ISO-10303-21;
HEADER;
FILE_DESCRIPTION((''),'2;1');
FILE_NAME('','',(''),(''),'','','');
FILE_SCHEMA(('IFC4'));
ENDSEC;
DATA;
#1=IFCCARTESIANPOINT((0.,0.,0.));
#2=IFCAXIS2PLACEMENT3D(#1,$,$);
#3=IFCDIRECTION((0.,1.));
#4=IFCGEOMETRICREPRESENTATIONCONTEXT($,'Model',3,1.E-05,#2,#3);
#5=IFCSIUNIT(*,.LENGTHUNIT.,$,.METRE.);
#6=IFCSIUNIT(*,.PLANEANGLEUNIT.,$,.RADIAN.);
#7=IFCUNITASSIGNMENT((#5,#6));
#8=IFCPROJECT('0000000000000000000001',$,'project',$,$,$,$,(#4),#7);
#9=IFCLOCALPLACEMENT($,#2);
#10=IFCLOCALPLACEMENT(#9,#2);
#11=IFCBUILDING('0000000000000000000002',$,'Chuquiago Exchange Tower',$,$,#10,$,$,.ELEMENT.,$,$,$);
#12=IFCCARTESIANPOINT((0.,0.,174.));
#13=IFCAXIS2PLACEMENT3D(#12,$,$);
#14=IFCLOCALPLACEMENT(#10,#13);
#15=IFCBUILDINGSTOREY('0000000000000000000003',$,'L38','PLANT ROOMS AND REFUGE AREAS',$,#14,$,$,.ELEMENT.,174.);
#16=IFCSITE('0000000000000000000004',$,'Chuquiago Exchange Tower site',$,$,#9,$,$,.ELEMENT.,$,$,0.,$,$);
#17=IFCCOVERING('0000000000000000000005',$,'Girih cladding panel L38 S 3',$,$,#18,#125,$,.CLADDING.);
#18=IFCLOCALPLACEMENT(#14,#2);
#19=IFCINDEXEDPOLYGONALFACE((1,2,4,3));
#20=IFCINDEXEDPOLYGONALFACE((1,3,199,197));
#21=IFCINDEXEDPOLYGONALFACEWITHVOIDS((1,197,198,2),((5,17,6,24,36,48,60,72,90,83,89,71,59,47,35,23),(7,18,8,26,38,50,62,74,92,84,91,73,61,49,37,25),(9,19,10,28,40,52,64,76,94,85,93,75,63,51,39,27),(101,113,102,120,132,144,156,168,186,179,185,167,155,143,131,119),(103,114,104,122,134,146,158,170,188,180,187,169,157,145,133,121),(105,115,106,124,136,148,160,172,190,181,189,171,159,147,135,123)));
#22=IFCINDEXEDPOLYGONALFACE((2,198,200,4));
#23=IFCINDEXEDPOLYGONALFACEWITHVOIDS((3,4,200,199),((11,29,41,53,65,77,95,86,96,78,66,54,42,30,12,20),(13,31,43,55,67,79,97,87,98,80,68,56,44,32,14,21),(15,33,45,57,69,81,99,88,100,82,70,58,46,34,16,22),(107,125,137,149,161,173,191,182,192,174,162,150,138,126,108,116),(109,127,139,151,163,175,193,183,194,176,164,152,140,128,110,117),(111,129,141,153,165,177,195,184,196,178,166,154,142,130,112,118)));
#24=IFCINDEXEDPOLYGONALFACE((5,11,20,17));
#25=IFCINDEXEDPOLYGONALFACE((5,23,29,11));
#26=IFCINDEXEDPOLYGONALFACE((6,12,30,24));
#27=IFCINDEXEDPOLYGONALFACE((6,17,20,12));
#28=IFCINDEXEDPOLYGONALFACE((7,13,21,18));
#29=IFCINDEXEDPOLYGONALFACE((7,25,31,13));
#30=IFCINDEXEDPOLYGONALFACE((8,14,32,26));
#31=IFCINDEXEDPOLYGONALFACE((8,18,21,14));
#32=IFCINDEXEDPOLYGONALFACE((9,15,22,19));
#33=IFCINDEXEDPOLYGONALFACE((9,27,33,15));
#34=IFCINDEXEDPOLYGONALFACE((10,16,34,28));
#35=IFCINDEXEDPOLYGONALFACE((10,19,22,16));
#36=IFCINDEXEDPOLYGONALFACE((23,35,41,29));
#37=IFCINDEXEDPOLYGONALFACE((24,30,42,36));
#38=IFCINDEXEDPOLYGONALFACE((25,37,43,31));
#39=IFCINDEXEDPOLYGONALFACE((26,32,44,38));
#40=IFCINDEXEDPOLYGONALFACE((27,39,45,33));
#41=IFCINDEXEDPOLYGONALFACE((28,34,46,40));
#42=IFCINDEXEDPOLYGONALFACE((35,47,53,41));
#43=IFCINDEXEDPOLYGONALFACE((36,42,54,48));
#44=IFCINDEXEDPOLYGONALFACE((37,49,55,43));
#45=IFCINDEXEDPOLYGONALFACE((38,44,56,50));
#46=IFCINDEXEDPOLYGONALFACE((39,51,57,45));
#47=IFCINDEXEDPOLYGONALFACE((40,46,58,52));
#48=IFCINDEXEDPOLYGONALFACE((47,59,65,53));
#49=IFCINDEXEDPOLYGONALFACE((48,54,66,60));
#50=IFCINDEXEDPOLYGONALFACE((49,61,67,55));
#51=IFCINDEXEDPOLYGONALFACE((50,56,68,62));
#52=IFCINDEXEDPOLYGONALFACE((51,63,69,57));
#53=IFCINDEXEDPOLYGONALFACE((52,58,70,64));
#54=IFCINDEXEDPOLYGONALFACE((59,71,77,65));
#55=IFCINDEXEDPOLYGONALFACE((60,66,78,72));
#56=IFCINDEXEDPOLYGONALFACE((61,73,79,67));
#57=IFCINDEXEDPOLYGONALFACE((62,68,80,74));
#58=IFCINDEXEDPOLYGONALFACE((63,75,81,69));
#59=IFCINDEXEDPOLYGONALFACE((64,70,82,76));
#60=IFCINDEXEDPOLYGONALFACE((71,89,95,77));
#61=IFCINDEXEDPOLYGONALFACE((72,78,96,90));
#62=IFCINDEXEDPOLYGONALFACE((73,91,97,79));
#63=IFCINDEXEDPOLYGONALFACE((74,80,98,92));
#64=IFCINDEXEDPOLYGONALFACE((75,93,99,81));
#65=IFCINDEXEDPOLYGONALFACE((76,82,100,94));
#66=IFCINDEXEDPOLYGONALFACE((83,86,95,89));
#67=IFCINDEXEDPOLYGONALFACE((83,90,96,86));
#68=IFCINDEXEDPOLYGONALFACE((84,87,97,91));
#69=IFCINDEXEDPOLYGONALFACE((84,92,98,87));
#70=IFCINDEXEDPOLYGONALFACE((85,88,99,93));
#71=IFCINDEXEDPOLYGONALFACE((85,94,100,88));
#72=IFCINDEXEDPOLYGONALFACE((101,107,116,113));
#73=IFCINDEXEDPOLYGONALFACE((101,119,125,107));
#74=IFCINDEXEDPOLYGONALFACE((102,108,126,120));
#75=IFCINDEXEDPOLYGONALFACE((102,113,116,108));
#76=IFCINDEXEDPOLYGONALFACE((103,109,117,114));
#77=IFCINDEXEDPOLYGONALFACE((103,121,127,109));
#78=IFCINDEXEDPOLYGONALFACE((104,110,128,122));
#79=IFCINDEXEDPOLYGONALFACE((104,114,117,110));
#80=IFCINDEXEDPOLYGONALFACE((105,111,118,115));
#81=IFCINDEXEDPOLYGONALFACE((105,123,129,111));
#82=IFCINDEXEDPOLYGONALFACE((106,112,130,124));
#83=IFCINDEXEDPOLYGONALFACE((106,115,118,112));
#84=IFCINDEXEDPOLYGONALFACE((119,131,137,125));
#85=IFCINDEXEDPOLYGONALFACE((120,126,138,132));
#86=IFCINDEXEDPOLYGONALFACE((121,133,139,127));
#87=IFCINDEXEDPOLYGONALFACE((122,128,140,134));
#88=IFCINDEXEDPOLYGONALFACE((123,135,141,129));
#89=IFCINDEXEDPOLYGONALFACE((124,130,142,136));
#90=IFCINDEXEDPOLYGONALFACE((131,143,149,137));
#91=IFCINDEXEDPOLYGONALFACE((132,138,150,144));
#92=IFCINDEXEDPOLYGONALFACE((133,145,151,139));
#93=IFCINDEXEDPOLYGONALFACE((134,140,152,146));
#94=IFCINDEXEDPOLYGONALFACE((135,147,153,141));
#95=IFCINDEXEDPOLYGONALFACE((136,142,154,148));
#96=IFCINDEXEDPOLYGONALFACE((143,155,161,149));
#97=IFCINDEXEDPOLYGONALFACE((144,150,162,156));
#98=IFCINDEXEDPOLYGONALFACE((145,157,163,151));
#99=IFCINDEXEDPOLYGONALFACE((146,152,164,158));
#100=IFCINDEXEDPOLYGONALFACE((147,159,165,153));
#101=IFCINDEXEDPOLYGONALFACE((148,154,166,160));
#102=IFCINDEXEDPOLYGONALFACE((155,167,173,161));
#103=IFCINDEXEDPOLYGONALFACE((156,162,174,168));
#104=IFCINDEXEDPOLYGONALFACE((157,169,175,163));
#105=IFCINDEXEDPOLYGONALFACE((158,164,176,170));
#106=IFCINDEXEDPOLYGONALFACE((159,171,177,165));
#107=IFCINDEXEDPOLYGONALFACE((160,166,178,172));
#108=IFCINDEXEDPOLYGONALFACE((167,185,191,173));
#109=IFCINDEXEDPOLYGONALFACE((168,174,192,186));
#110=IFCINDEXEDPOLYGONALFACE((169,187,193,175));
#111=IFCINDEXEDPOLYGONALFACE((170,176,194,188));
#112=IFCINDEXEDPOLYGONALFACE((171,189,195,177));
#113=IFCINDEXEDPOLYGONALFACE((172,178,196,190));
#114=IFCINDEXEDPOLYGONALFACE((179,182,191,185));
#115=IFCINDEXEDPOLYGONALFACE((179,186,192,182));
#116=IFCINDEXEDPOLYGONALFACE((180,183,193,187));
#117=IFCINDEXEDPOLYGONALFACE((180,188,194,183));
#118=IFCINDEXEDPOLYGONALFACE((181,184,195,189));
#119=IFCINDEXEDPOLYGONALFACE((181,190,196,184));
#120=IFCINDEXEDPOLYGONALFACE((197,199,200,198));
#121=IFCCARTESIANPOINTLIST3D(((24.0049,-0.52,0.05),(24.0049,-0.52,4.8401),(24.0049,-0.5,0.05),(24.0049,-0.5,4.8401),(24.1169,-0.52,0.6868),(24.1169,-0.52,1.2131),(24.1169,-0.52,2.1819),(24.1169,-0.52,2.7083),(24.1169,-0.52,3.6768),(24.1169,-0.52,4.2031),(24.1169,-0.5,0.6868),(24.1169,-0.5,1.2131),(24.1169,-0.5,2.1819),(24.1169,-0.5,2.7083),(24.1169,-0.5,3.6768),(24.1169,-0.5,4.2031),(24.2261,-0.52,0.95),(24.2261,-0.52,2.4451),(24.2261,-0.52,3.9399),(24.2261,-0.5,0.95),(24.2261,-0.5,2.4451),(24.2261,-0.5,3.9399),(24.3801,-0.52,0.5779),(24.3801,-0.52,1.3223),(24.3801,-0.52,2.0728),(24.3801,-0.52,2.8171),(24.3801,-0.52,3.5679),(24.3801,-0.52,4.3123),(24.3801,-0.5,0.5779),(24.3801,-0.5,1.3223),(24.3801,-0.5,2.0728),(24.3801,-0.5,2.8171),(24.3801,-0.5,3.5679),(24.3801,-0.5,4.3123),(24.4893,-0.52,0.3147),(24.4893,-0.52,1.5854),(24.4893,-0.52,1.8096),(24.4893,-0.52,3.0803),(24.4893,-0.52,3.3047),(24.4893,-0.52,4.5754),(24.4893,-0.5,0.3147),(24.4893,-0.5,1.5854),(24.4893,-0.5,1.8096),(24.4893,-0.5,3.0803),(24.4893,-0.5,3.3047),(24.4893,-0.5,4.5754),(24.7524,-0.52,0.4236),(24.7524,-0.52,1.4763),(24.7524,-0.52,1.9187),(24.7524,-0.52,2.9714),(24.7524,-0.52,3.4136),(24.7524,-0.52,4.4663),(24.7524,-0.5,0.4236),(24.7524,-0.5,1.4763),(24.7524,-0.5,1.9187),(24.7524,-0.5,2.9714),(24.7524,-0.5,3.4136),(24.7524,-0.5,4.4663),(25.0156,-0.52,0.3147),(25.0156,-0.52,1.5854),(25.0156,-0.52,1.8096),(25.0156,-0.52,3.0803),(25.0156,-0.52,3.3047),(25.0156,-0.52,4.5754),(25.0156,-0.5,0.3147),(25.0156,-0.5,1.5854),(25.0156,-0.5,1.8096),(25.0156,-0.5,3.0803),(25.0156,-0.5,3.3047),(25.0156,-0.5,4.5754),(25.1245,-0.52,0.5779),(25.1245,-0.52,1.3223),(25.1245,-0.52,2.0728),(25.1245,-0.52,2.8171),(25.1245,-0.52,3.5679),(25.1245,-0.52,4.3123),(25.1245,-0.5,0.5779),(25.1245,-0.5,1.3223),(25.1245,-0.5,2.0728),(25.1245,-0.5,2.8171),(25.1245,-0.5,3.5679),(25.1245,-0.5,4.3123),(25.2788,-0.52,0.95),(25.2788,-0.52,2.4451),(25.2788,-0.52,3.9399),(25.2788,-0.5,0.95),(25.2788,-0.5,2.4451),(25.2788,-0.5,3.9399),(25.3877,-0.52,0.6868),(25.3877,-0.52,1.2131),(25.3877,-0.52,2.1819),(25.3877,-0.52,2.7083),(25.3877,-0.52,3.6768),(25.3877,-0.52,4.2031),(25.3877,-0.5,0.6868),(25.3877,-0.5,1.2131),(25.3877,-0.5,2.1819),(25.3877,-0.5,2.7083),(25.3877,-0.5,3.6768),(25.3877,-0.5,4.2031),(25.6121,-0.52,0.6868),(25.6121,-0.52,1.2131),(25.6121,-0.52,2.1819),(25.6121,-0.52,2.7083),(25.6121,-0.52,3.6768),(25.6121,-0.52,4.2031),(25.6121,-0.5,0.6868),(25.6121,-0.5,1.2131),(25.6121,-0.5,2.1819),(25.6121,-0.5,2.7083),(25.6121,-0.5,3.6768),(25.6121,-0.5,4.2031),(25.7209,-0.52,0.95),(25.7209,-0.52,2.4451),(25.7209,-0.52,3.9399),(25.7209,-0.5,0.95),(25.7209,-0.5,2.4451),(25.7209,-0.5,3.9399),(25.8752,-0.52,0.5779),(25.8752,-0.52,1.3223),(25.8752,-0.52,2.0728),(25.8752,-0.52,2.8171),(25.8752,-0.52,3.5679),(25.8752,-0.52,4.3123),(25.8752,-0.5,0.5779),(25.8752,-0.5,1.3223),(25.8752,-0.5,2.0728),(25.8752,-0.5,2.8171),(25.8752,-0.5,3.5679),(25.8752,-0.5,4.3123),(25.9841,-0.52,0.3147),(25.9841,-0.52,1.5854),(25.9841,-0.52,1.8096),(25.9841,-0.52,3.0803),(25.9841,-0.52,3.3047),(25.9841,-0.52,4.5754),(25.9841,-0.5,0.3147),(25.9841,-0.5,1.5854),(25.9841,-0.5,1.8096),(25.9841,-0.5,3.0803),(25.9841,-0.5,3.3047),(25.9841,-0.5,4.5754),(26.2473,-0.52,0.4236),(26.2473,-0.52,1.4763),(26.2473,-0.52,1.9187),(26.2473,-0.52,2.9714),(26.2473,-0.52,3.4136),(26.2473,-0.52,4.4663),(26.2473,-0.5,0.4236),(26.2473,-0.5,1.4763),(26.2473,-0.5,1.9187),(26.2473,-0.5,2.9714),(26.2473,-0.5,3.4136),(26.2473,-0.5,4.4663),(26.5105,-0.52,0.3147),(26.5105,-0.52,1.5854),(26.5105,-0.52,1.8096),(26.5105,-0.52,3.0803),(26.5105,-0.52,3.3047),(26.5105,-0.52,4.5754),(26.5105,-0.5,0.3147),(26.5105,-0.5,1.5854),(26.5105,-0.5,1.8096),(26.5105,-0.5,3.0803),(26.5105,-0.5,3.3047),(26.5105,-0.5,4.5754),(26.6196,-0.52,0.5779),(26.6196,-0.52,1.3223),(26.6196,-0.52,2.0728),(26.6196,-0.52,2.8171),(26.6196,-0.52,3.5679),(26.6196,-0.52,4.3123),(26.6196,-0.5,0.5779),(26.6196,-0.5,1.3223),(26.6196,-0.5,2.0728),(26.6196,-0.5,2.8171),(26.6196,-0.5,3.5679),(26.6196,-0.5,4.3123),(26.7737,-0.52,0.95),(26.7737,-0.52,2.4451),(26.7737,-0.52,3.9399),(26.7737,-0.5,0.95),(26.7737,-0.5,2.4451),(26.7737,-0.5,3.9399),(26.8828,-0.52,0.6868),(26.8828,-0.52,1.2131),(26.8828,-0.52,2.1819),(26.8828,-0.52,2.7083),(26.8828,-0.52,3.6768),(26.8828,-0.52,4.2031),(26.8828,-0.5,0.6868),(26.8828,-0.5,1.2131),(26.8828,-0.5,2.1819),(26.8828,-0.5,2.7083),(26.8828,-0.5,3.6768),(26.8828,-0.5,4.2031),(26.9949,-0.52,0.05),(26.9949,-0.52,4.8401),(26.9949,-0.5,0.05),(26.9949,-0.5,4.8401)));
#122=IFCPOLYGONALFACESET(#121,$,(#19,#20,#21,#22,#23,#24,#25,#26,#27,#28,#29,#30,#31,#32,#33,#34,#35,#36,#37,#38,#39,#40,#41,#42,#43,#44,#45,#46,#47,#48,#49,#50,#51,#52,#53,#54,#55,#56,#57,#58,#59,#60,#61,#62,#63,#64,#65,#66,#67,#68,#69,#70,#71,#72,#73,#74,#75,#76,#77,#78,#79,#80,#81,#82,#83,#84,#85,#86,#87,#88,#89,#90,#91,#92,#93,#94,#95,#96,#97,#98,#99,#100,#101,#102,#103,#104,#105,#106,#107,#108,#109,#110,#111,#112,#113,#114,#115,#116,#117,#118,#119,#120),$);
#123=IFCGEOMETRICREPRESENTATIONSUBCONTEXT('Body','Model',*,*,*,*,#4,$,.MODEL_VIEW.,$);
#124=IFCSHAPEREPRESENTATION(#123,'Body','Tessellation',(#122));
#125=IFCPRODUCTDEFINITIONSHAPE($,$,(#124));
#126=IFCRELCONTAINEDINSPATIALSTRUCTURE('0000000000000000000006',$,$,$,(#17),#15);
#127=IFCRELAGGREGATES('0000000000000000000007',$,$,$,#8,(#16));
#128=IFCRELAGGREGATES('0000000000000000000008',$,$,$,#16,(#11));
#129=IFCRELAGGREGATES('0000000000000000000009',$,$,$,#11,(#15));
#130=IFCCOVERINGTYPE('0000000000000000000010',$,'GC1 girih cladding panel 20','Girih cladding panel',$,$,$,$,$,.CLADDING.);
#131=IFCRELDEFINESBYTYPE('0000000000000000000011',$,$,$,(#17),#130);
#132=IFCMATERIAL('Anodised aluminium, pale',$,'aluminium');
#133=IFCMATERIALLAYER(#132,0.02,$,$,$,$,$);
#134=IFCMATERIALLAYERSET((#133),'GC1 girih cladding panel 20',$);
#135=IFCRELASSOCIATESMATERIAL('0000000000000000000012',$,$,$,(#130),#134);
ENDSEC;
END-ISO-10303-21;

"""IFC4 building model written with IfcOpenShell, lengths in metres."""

from ifc_helpers import new_model, si_unit, direction, frame, origin, place, context, subcontext, project, spatial, polyline, outline, extrude, material, layer, layer_set, type_object, element, save


model = new_model("IFC4")

# Units and contexts
model_context = context("Model", 3, precision=1e-05, world=origin(), true_north=direction((0.0, 1.0)))
body_context = subcontext(model_context, "Body", "Model", "MODEL_VIEW")
ifc_project = project(units=[si_unit("LENGTHUNIT", "METRE"), si_unit("PLANEANGLEUNIT", "RADIAN")], contexts=[model_context])

# Site, building, storey
site_placement = place(None, origin())
site = spatial("IfcSite", under=ifc_project, at=site_placement, Name="Chuquiago Exchange Tower site", CompositionType="ELEMENT", RefElevation=0.0)
building_placement = place(site_placement, origin())
building = spatial("IfcBuilding", under=site, at=building_placement, Name="Chuquiago Exchange Tower", CompositionType="ELEMENT")
storey_placement = place(building_placement, frame((0.0, 0.0, 174.0)))
storey = spatial("IfcBuildingStorey", under=building, at=storey_placement, Name="L38", Description="PLANT ROOMS AND REFUGE AREAS", CompositionType="ELEMENT", Elevation=174.0)

# Covering
ifc_material_1 = material(Name="Anodised aluminium, pale", Category="aluminium")
ifc_layer_1 = layer(ifc_material_1, 0.02)
ifc_layer_set_1 = layer_set([ifc_layer_1], Name="GC1 girih cladding panel 20")
covering_type = type_object("IfcCoveringType", Name="GC1 girih cladding panel 20", Description="Girih cladding panel", PredefinedType="CLADDING", material=ifc_layer_set_1)
covering_1_placement = place(storey_placement, frame((24.0049, -0.5, 0.05), z_axis=(0.0, 0.0, 1.0), x_axis=(1.0, 0.0, 0.0)))
element("IfcCovering", 1, at=covering_1_placement, inside=storey, type_object=covering_type, Name="Girih cladding panel L38 S 3", PredefinedType="CLADDING", context=body_context, shape_type="SweptSolid", body=[
    extrude(outline(polyline([(0.0, 0.0), (2.99, 0.0), (2.99, 4.79), (0.0, 4.79), (0.0, 0.0)]), holes=[polyline([(1.2739, 0.8999), (1.3828, 1.1631), (1.1196, 1.2722), (1.0107, 1.5354), (0.7476, 1.4263), (0.4844, 1.5354), (0.3752, 1.2722), (0.1121, 1.1631), (0.2212, 0.8999), (0.1121, 0.6367), (0.3752, 0.5278), (0.4844, 0.2646), (0.7476, 0.3735), (1.0107, 0.2646), (1.1196, 0.5278), (1.3828, 0.6367), (1.2739, 0.8999)]), polyline([(2.7688, 0.8999), (2.8779, 1.1631), (2.6147, 1.2722), (2.5056, 1.5354), (2.2424, 1.4263), (1.9792, 1.5354), (1.8704, 1.2722), (1.6072, 1.1631), (1.7161, 0.8999), (1.6072, 0.6367), (1.8704, 0.5278), (1.9792, 0.2646), (2.2424, 0.3735), (2.5056, 0.2646), (2.6147, 0.5278), (2.8779, 0.6367), (2.7688, 0.8999)]), polyline([(1.2739, 2.395), (1.3828, 2.6582), (1.1196, 2.7671), (1.0107, 3.0303), (0.7476, 2.9214), (0.4844, 3.0303), (0.3752, 2.7671), (0.1121, 2.6582), (0.2212, 2.395), (0.1121, 2.1318), (0.3752, 2.0227), (0.4844, 1.7595), (0.7476, 1.8687), (1.0107, 1.7595), (1.1196, 2.0227), (1.3828, 2.1318), (1.2739, 2.395)]), polyline([(2.7688, 2.395), (2.8779, 2.6582), (2.6147, 2.7671), (2.5056, 3.0303), (2.2424, 2.9214), (1.9792, 3.0303), (1.8704, 2.7671), (1.6072, 2.6582), (1.7161, 2.395), (1.6072, 2.1318), (1.8704, 2.0227), (1.9792, 1.7595), (2.2424, 1.8687), (2.5056, 1.7595), (2.6147, 2.0227), (2.8779, 2.1318), (2.7688, 2.395)]), polyline([(1.2739, 3.8899), (1.3828, 4.1531), (1.1196, 4.2622), (1.0107, 4.5254), (0.7476, 4.4163), (0.4844, 4.5254), (0.3752, 4.2622), (0.1121, 4.1531), (0.2212, 3.8899), (0.1121, 3.6267), (0.3752, 3.5178), (0.4844, 3.2546), (0.7476, 3.3635), (1.0107, 3.2546), (1.1196, 3.5178), (1.3828, 3.6267), (1.2739, 3.8899)]), polyline([(2.7688, 3.8899), (2.8779, 4.1531), (2.6147, 4.2622), (2.5056, 4.5254), (2.2424, 4.4163), (1.9792, 4.5254), (1.8704, 4.2622), (1.6072, 4.1531), (1.7161, 3.8899), (1.6072, 3.6267), (1.8704, 3.5178), (1.9792, 3.2546), (2.2424, 3.3635), (2.5056, 3.2546), (2.6147, 3.5178), (2.8779, 3.6267), (2.7688, 3.8899)])]), frame((0.0, 0.0, 0.0), z_axis=(0.0, -1.0, 0.0), x_axis=(1.0, 0.0, 0.0)), (0.0, 0.0, 1.0), 0.02),
])

save(model, "model.ifc")
